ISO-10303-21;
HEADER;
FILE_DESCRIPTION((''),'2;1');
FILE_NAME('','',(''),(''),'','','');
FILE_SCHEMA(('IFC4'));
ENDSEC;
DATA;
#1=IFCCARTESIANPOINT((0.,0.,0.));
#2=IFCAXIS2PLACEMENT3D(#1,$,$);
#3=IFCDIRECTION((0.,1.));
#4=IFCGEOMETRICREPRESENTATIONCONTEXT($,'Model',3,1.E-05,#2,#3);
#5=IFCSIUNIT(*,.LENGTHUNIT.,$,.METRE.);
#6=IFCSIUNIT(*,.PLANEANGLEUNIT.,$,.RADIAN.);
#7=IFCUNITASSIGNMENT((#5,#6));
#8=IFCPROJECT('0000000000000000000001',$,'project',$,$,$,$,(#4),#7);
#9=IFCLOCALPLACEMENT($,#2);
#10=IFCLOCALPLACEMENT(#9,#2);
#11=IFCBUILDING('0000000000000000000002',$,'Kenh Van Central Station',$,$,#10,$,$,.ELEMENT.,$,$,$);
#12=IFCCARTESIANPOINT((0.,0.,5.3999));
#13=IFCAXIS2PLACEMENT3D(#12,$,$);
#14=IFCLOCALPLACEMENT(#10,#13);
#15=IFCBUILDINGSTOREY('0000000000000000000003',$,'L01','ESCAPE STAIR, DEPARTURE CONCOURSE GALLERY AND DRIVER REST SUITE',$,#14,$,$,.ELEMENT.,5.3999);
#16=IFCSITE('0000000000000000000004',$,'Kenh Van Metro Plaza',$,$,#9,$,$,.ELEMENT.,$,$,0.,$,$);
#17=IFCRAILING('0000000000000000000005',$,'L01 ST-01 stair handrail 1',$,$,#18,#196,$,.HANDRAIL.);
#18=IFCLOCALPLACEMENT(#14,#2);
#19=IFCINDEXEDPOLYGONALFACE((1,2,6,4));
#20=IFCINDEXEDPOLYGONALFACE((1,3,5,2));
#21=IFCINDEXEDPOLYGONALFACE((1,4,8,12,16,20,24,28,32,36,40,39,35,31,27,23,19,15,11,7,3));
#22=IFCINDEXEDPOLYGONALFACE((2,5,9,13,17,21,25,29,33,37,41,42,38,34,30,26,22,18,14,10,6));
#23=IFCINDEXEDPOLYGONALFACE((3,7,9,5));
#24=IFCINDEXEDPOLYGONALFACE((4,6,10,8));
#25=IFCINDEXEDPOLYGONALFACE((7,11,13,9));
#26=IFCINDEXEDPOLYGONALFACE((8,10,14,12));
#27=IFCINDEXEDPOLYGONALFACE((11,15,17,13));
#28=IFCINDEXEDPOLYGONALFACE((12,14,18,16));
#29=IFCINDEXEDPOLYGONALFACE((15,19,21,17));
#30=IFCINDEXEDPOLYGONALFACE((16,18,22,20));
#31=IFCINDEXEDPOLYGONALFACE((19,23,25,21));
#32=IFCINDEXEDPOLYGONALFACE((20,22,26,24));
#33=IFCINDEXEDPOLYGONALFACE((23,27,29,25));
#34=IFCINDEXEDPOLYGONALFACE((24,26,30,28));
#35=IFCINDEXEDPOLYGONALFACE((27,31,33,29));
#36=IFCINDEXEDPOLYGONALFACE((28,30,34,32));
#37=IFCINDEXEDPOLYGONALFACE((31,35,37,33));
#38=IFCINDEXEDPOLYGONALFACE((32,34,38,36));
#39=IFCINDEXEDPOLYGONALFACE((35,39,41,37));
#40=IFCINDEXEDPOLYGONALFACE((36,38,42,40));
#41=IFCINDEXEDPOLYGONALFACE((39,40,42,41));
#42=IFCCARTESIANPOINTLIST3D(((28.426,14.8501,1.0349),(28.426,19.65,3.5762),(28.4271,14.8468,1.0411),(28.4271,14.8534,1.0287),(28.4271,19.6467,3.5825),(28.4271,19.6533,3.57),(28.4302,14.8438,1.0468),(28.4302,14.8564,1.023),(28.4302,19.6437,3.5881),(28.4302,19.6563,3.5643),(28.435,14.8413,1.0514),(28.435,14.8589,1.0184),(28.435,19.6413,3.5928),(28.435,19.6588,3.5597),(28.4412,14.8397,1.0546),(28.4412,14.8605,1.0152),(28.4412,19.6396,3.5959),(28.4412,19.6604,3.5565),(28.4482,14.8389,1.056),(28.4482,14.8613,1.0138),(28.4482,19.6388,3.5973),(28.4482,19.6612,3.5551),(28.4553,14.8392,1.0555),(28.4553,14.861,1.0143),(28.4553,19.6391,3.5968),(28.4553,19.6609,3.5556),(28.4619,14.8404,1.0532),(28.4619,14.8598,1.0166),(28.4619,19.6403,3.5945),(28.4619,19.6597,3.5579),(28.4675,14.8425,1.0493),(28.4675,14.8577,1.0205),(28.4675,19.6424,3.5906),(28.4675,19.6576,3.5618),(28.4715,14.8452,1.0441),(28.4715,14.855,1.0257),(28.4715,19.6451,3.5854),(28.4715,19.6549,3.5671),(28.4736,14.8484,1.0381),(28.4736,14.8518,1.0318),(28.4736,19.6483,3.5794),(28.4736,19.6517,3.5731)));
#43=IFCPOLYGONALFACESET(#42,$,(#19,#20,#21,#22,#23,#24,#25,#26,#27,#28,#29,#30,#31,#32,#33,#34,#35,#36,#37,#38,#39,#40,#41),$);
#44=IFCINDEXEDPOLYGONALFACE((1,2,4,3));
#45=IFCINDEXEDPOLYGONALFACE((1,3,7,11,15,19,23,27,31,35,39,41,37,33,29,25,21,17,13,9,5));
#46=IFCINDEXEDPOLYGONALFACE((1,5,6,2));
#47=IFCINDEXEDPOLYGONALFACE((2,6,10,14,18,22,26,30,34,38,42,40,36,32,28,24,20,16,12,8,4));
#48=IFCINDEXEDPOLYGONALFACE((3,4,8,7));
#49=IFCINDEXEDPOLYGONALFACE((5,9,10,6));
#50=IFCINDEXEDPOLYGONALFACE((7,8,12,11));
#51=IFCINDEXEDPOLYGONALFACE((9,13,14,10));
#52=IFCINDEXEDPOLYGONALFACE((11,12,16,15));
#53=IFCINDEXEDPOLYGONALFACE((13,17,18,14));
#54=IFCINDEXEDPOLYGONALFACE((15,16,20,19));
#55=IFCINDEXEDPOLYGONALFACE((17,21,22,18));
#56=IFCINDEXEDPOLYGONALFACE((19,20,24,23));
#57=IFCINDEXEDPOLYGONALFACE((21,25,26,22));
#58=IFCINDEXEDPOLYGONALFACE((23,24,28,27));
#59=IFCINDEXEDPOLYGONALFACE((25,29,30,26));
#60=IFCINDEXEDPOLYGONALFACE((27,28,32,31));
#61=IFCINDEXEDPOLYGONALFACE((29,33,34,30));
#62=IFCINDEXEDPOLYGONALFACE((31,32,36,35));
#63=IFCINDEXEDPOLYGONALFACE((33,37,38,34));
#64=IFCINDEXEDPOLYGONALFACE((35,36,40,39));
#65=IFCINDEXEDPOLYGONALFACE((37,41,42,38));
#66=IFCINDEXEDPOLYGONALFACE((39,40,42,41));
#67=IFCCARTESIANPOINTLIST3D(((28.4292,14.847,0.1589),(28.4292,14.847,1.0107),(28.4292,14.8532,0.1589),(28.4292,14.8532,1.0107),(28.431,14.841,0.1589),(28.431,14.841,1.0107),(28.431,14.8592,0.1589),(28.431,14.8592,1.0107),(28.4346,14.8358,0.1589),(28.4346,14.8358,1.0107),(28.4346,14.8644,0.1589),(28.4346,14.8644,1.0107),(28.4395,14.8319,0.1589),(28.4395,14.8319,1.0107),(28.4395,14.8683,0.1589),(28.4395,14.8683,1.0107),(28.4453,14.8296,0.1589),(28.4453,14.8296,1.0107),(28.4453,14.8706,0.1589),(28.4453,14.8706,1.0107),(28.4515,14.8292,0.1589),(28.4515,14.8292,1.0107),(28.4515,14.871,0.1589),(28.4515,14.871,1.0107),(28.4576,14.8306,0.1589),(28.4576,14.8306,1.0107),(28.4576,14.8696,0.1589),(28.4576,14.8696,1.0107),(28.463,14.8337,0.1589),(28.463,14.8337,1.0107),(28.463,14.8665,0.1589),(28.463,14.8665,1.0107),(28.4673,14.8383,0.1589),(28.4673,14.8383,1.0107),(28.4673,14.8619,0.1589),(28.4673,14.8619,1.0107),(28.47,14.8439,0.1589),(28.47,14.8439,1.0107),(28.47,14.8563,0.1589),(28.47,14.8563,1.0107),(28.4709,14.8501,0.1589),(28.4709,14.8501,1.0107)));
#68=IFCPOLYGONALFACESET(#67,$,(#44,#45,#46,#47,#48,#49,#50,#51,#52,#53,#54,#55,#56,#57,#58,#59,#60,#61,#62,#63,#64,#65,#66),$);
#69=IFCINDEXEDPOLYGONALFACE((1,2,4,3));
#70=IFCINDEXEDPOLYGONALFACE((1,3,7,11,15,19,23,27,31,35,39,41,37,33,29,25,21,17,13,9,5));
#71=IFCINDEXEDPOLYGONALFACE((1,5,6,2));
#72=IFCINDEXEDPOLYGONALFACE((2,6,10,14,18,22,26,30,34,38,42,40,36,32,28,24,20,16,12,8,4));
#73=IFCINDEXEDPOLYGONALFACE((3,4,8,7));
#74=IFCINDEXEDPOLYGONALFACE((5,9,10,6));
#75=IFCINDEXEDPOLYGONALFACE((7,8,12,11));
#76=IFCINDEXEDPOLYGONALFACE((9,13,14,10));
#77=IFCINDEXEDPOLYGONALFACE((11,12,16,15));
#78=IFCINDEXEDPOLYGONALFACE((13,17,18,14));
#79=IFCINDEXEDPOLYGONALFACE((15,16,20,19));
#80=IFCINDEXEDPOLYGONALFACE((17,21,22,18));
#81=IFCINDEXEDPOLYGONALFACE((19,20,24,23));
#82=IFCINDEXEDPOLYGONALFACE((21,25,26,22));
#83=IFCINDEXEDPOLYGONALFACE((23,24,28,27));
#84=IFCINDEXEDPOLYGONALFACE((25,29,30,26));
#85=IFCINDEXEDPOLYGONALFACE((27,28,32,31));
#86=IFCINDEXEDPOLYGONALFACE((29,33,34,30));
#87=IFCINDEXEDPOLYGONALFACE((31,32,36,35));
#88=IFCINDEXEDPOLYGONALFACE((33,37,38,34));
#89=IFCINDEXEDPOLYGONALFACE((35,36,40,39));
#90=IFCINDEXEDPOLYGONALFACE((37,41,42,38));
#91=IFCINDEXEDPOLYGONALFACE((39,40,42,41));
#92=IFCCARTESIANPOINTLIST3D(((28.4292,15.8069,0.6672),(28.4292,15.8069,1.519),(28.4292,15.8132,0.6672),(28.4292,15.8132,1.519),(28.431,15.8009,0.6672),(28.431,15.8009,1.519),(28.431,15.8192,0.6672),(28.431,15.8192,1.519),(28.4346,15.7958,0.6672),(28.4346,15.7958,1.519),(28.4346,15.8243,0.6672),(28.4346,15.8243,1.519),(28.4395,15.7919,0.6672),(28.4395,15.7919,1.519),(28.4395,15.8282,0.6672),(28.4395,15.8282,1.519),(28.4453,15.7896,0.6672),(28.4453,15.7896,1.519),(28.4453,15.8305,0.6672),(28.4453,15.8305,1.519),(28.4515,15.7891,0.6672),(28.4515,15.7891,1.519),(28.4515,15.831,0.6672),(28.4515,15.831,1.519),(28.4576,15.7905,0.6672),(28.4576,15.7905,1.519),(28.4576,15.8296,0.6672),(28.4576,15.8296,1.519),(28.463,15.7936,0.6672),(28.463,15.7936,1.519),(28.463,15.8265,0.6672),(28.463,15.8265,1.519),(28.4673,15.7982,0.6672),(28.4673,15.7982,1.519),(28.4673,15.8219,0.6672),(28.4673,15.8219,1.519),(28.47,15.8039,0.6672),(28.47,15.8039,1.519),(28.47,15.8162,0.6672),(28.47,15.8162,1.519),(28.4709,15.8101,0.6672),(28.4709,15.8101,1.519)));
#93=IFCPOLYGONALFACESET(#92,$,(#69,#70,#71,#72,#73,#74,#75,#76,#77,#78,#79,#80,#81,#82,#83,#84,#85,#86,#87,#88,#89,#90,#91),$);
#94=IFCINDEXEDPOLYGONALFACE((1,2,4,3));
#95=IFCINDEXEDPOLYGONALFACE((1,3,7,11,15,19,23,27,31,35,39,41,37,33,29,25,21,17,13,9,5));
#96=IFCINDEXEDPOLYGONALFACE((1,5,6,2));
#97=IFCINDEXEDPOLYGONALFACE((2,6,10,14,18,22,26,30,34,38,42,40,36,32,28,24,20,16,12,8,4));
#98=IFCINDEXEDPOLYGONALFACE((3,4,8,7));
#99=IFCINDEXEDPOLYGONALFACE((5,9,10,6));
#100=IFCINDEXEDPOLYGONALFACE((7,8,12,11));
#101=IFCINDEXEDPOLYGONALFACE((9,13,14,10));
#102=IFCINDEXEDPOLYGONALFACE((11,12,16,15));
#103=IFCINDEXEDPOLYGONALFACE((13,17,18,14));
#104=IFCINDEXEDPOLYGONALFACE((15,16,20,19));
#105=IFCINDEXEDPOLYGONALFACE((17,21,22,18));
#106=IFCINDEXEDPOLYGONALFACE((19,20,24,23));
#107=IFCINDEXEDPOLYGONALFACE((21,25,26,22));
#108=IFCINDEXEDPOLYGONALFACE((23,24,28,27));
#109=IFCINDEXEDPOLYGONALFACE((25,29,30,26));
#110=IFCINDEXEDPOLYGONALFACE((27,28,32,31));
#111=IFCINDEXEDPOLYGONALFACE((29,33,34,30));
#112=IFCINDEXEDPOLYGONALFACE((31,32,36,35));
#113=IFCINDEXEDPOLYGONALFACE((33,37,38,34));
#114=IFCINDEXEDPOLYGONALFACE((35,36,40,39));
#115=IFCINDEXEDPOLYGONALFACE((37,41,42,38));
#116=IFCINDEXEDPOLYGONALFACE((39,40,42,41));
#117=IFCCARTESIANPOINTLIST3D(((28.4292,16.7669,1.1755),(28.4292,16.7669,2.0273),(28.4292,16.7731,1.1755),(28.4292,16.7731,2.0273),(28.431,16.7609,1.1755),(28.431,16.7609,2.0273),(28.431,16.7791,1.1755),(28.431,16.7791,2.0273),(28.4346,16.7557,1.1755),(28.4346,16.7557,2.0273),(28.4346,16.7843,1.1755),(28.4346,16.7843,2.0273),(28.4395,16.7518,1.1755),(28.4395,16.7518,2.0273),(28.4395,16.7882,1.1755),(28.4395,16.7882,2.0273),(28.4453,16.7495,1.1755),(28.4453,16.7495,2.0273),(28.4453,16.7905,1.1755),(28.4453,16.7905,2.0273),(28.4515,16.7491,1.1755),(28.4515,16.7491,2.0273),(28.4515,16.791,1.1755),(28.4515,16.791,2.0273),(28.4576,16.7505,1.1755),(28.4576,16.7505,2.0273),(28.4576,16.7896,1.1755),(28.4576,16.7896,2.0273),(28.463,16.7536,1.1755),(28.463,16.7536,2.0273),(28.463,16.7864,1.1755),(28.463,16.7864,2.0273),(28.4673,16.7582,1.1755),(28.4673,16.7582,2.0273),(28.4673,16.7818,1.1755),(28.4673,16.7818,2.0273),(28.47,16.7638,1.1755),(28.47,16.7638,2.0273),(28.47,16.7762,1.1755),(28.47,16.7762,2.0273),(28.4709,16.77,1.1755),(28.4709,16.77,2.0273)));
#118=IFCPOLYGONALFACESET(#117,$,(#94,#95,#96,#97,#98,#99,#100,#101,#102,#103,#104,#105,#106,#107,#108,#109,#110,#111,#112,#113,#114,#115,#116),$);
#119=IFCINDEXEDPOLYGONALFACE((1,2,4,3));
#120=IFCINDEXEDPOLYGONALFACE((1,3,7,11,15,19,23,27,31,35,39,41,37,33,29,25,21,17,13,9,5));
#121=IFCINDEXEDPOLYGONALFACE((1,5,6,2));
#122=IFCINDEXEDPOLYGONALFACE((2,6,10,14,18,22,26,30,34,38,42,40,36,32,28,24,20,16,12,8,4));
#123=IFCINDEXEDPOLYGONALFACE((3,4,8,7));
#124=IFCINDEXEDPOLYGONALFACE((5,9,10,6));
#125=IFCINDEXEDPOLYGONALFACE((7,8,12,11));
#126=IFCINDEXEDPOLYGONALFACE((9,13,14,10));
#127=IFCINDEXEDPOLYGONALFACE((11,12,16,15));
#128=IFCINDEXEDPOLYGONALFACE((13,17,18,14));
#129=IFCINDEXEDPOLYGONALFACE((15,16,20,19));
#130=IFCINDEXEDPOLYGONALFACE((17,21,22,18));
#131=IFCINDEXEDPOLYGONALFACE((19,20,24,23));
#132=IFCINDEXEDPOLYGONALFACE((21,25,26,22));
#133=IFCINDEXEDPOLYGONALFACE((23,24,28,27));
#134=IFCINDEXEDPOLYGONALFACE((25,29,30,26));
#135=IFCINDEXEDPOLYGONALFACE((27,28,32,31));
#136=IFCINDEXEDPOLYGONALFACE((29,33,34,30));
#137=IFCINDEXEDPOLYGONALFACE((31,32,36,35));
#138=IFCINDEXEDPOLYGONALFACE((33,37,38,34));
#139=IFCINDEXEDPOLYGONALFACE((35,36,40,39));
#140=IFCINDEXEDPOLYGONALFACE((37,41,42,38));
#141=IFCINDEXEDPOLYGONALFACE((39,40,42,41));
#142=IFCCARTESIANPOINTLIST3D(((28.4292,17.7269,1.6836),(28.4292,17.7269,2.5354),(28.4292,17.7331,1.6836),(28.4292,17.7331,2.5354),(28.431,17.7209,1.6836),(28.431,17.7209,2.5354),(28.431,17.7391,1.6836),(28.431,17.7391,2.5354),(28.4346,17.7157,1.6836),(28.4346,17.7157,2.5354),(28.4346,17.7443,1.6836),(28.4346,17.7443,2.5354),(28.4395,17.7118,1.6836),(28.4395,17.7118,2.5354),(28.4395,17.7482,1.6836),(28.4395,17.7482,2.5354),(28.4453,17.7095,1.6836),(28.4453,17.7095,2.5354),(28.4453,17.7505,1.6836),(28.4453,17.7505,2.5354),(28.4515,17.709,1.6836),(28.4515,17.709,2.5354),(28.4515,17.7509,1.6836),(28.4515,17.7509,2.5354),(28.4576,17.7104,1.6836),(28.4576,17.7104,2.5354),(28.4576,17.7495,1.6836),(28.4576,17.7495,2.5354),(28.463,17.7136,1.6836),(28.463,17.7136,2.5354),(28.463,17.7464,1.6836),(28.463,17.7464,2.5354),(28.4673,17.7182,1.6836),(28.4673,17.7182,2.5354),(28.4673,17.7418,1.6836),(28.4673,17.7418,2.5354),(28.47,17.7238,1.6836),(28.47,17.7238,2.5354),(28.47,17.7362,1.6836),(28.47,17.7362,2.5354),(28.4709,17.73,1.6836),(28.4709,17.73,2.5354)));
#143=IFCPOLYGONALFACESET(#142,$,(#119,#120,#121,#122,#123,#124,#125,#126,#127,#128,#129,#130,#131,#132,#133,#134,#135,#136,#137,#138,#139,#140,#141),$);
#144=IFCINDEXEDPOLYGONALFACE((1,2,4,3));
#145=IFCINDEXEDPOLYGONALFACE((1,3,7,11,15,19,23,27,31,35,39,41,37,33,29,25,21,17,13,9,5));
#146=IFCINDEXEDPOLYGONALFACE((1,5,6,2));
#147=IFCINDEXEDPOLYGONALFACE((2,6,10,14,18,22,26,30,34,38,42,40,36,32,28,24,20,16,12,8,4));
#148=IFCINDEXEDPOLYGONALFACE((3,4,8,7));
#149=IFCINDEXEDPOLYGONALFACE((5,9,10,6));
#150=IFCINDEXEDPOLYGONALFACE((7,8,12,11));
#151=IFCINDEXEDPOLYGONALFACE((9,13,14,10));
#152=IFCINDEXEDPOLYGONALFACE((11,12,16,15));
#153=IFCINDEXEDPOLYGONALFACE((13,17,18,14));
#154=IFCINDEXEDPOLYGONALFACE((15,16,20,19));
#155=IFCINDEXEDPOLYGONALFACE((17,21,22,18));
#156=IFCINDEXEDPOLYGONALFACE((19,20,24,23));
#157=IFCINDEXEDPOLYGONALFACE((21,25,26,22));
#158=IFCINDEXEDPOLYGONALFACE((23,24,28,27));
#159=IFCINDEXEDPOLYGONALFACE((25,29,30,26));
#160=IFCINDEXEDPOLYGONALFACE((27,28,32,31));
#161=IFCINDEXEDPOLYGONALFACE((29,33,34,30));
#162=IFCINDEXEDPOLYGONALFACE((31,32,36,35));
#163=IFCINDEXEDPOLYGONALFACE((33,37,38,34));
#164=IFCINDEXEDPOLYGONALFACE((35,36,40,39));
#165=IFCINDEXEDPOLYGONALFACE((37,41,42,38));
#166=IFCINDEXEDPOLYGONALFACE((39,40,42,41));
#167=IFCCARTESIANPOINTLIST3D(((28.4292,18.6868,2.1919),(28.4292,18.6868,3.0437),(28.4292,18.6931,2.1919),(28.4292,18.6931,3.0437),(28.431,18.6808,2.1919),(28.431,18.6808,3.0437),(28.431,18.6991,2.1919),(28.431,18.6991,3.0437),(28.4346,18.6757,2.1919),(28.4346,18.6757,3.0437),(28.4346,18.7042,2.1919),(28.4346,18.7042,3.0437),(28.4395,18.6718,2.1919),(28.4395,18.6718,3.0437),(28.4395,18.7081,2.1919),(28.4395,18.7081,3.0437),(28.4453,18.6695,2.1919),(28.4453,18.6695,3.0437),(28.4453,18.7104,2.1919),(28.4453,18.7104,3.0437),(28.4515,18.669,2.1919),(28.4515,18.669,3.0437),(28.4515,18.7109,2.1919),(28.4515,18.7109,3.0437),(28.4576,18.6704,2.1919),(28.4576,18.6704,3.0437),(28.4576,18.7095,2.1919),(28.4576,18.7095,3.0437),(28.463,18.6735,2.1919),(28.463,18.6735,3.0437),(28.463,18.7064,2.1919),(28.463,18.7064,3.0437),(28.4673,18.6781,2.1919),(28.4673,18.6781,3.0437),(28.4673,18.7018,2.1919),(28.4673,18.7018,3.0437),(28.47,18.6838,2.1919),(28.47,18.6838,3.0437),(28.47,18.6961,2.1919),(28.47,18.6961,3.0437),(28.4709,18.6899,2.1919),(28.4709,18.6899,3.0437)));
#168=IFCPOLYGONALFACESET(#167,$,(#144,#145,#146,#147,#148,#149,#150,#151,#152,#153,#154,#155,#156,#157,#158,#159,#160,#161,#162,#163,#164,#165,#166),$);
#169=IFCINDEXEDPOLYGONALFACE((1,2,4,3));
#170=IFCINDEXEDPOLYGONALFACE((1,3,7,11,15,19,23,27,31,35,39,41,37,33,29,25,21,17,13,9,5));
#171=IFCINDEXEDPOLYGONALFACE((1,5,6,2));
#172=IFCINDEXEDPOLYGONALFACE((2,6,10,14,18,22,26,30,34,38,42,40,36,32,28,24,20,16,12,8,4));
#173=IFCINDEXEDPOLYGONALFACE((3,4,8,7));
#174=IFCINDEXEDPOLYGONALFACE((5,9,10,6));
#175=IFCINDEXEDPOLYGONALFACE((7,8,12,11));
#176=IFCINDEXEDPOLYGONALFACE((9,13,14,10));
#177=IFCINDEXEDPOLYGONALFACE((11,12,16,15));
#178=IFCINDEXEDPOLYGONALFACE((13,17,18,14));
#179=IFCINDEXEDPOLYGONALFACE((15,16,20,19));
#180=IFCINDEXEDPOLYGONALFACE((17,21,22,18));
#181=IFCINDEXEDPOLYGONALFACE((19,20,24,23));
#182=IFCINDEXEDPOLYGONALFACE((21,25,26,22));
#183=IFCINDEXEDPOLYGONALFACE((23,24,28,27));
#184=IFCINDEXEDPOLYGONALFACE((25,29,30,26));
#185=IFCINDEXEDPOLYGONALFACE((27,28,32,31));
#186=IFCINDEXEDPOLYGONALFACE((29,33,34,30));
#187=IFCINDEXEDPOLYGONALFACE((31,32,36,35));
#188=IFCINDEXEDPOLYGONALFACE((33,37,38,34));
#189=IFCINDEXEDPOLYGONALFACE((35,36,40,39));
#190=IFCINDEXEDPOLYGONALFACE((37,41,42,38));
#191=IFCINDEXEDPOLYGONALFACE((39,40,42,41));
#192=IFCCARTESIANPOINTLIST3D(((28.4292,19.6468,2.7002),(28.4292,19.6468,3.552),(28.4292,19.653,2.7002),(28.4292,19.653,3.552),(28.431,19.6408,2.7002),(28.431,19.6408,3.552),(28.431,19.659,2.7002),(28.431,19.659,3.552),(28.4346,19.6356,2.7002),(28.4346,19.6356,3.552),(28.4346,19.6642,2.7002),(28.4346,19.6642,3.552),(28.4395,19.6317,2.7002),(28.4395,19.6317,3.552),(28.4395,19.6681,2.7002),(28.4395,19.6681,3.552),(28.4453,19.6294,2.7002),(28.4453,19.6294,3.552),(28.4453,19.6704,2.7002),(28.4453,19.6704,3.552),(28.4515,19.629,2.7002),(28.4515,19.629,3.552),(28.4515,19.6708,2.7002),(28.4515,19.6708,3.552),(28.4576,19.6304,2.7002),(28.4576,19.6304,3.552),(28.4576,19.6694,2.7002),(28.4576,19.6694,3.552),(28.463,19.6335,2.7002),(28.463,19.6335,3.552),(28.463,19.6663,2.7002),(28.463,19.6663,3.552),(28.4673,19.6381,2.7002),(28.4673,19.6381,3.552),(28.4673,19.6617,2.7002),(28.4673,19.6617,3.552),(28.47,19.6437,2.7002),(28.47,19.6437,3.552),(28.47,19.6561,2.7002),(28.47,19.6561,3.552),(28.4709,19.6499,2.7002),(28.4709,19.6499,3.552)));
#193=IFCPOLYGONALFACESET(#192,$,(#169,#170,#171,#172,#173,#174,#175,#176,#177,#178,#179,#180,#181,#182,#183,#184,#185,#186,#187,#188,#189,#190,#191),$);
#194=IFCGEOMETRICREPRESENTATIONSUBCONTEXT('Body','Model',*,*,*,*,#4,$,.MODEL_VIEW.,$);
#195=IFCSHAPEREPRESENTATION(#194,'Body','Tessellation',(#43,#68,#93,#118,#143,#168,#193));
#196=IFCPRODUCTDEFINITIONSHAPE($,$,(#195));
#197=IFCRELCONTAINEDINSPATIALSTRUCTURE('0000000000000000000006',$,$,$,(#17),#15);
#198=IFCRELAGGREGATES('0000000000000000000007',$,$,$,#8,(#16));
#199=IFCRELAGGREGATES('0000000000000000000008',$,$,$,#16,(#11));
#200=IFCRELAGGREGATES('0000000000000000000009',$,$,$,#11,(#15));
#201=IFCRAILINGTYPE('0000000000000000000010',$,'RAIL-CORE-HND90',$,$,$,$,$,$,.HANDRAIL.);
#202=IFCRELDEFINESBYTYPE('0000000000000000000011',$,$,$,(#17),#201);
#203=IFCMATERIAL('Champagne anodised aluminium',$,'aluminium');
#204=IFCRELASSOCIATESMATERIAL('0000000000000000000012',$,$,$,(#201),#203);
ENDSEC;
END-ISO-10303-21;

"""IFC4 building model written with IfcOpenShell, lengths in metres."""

from ifc_helpers import new_model, si_unit, direction, frame, origin, origin_2d, place, context, subcontext, project, spatial, circle, extrude, material, type_object, element, save


model = new_model("IFC4")

# Units and contexts
model_context = context("Model", 3, precision=1e-05, world=origin(), true_north=direction((0.0, 1.0)))
body_context = subcontext(model_context, "Body", "Model", "MODEL_VIEW")
ifc_project = project(units=[si_unit("LENGTHUNIT", "METRE"), si_unit("PLANEANGLEUNIT", "RADIAN")], contexts=[model_context])

# Site, building, storey
site_placement = place(None, origin())
site = spatial("IfcSite", under=ifc_project, at=site_placement, Name="Kenh Van Metro Plaza", CompositionType="ELEMENT", RefElevation=0.0)
building_placement = place(site_placement, origin())
building = spatial("IfcBuilding", under=site, at=building_placement, Name="Kenh Van Central Station", CompositionType="ELEMENT")
storey_placement = place(building_placement, frame((0.0, 0.0, 5.3999)))
storey = spatial("IfcBuildingStorey", under=building, at=storey_placement, Name="L01", Description="ESCAPE STAIR, DEPARTURE CONCOURSE GALLERY AND DRIVER REST SUITE", CompositionType="ELEMENT", Elevation=5.3999)

# Shared definitions
ifc_material_1 = material(Name="Champagne anodised aluminium", Category="aluminium")

# Railing
railing_type_1 = type_object("IfcRailingType", Name="RAIL-CORE-HND90", PredefinedType="HANDRAIL", material=ifc_material_1)
railing_1_placement = place(storey_placement, frame((28.45, 14.8501, 0.1589)))
element("IfcRailing", 1, at=railing_1_placement, inside=storey, type_object=railing_type_1, Name="L01 ST-01 stair handrail 1", PredefinedType="HANDRAIL", context=body_context, shape_type="SweptSolid", body=[
    extrude(circle(Radius=0.0239, at=origin_2d()), frame((0.0, 0.0, 0.876), z_axis=(0.0, 0.883774, 0.467915), x_axis=(-1.0, 0.0, 0.0)), (0.0, 0.0, 1.0), 5.4312),
    extrude(circle(Radius=0.021, at=origin_2d()), origin(), (0.0, 0.0, 1.0), 0.8518),
    extrude(circle(Radius=0.021, at=origin_2d()), frame((0.0, 0.96, 0.5083)), (0.0, 0.0, 1.0), 0.8518),
    extrude(circle(Radius=0.021, at=origin_2d()), frame((0.0, 1.9199, 1.0166)), (0.0, 0.0, 1.0), 0.8518),
    extrude(circle(Radius=0.021, at=origin_2d()), frame((0.0, 2.8799, 1.5247)), (0.0, 0.0, 1.0), 0.8518),
    extrude(circle(Radius=0.021, at=origin_2d()), frame((0.0, 3.8398, 2.033)), (0.0, 0.0, 1.0), 0.8518),
    extrude(circle(Radius=0.021, at=origin_2d()), frame((0.0, 4.7998, 2.5413)), (0.0, 0.0, 1.0), 0.8518),
])

save(model, "model.ifc")
